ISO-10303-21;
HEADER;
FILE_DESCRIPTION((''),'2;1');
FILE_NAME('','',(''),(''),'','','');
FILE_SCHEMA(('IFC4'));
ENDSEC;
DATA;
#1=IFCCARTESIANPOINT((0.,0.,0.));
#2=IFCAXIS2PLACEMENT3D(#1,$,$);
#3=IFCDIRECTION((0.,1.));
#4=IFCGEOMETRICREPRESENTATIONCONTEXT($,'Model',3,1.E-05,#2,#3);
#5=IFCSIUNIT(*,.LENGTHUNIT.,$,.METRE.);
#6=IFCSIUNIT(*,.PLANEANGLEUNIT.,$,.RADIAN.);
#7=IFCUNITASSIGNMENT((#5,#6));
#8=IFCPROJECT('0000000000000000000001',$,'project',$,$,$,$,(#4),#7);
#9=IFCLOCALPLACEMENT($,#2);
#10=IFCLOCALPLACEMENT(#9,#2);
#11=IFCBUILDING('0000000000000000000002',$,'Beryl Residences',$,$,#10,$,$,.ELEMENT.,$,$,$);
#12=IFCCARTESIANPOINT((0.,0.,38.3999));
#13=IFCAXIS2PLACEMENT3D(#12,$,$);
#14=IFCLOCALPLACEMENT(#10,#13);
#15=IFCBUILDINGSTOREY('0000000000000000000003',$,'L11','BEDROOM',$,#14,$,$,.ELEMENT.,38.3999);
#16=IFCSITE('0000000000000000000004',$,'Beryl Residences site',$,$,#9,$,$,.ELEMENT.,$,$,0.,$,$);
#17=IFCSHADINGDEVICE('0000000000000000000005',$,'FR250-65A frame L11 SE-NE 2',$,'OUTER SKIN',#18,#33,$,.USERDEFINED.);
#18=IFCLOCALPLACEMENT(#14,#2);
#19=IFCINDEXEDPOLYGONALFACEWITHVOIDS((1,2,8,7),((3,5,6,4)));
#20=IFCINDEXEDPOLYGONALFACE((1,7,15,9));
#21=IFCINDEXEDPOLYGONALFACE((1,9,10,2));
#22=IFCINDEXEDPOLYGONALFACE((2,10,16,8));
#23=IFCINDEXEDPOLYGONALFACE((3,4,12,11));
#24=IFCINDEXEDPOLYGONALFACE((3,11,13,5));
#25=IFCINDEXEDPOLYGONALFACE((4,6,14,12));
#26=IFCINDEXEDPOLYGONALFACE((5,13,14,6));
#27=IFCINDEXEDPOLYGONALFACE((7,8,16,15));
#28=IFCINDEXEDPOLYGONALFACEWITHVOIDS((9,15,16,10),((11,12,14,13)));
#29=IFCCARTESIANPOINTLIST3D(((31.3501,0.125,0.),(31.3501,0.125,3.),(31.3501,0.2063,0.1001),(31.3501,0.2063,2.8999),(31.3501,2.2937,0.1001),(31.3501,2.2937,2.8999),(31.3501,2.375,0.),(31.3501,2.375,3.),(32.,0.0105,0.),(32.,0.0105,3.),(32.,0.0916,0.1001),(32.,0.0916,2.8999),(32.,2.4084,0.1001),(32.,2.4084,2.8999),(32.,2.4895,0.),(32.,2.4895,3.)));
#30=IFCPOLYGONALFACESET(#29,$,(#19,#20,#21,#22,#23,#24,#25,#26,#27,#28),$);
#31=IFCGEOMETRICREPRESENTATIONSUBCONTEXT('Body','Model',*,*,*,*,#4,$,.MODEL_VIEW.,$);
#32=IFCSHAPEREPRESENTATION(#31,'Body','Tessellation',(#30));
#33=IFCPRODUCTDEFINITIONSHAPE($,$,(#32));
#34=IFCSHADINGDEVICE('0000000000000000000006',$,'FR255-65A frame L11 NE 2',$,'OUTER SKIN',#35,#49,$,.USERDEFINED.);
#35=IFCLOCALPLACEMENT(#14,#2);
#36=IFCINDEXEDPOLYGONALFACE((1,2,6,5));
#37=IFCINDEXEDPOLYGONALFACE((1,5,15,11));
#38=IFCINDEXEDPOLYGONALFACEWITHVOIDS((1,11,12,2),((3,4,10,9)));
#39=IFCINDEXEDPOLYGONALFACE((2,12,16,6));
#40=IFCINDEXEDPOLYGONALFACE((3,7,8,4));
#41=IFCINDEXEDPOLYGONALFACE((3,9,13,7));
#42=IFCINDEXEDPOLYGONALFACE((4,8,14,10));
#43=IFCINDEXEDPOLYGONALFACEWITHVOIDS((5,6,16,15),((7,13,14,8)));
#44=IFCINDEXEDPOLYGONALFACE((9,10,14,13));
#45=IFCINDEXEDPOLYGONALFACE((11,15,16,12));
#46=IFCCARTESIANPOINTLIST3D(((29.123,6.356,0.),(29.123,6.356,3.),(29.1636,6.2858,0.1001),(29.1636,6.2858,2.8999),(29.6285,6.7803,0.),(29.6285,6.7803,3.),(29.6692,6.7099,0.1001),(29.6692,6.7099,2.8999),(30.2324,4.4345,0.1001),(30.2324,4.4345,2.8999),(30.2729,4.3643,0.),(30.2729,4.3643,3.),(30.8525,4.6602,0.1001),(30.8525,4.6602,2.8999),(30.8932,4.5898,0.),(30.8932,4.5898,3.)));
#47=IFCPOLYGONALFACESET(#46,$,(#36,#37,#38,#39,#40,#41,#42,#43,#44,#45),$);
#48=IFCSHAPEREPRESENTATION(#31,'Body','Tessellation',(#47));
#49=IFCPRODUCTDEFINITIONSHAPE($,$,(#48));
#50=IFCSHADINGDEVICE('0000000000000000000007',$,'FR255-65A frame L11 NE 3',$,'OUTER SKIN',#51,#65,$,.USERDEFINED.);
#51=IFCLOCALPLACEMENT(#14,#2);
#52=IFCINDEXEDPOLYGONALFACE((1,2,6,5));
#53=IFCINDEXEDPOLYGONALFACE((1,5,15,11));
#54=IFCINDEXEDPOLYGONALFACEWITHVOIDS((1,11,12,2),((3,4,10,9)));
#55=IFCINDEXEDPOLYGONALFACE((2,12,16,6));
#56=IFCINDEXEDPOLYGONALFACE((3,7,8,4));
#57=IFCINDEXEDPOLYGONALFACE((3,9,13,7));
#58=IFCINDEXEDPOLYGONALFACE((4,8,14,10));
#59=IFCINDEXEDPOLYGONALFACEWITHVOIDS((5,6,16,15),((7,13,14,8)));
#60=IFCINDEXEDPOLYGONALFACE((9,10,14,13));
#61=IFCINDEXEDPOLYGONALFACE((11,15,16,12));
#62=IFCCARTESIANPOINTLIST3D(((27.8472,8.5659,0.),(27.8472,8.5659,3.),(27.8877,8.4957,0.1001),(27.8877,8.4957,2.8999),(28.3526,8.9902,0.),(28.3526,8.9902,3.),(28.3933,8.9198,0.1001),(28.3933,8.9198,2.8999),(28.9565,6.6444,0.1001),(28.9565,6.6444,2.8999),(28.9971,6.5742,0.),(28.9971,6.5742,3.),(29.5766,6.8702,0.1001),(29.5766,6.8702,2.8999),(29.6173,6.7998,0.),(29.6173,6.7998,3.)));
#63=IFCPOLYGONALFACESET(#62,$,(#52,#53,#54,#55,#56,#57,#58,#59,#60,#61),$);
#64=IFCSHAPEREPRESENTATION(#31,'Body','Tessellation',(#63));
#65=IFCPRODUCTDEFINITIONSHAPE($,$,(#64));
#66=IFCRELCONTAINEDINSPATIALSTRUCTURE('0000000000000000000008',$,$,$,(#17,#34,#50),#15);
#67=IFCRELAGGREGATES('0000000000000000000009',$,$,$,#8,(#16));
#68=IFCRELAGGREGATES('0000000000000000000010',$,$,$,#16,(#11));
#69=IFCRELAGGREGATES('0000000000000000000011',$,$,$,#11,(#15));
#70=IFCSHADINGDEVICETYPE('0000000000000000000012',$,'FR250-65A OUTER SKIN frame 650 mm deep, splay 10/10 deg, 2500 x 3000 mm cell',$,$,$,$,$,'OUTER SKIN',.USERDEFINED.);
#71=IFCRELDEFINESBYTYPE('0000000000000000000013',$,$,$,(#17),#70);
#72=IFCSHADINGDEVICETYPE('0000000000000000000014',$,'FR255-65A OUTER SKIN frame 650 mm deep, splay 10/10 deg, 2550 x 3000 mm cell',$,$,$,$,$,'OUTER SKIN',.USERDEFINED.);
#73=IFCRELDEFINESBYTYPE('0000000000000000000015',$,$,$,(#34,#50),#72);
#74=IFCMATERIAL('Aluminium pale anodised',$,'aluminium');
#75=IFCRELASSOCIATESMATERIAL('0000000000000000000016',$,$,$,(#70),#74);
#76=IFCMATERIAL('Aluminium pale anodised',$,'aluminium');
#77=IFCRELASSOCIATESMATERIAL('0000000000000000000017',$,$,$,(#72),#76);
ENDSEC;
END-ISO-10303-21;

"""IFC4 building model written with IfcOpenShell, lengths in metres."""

from ifc_helpers import new_model, entity, si_unit, direction, frame, origin, place, context, subcontext, project, spatial, source, transform, mapped, material, type_object, type_shapes, element, save


model = new_model("IFC4")

# Units and contexts
model_context = context("Model", 3, precision=1e-05, world=origin(), true_north=direction((0.0, 1.0)))
body_context = subcontext(model_context, "Body", "Model", "MODEL_VIEW")
ifc_project = project(units=[si_unit("LENGTHUNIT", "METRE"), si_unit("PLANEANGLEUNIT", "RADIAN")], contexts=[model_context])

# Site, building, storey
site_placement = place(None, origin())
site = spatial("IfcSite", under=ifc_project, at=site_placement, Name="Beryl Residences site", CompositionType="ELEMENT", RefElevation=0.0)
building_placement = place(site_placement, origin())
building = spatial("IfcBuilding", under=site, at=building_placement, Name="Beryl Residences", CompositionType="ELEMENT")
storey_placement = place(building_placement, frame((0.0, 0.0, 38.3999)))
storey = spatial("IfcBuildingStorey", under=building, at=storey_placement, Name="L11", Description="BEDROOM", CompositionType="ELEMENT", Elevation=38.3999)

# Shading devices
ifc_material_1 = material(Name="Aluminium pale anodised", Category="aluminium")
shading_device_type_1 = type_object("IfcShadingDeviceType", Name="FR250-65A OUTER SKIN frame 650 mm deep, splay 10/10 deg, 2500 x 3000 mm cell", ElementType="OUTER SKIN", PredefinedType="USERDEFINED", material=ifc_material_1)
cartesian_point_1 = entity("IfcCartesianPoint", [-1.125, 0.0])
cartesian_point_2 = entity("IfcCartesianPoint", [-1.0437, 0.1001])
cartesian_point_3 = entity("IfcCartesianPoint", [-1.2395, 0.0])
cartesian_point_4 = entity("IfcCartesianPoint", [-1.1584, 0.1001])
shared_shape_1 = source(origin(), body_context, "Body", "SweptSolid", [
    entity("IfcExtrudedAreaSolidTapered", entity("IfcArbitraryProfileDefWithVoids", "AREA", None, entity("IfcPolyline", [cartesian_point_1, entity("IfcCartesianPoint", [1.125, 0.0]), entity("IfcCartesianPoint", [1.125, 3.0]), entity("IfcCartesianPoint", [-1.125, 3.0]), cartesian_point_1]), [entity("IfcPolyline", [cartesian_point_2, entity("IfcCartesianPoint", [1.0437, 0.1001]), entity("IfcCartesianPoint", [1.0437, 2.8999]), entity("IfcCartesianPoint", [-1.0437, 2.8999]), cartesian_point_2])]), entity("IfcAxis2Placement3D", entity("IfcCartesianPoint", [0.0, 0.0, 0.0]), entity("IfcDirection", [0.0, 1.0, 0.0]), entity("IfcDirection", [-1.0, 0.0, 0.0])), entity("IfcDirection", [0.0, 0.0, 1.0]), 0.6499, entity("IfcArbitraryProfileDefWithVoids", "AREA", None, entity("IfcPolyline", [cartesian_point_3, entity("IfcCartesianPoint", [1.2395, 0.0]), entity("IfcCartesianPoint", [1.2395, 3.0]), entity("IfcCartesianPoint", [-1.2395, 3.0]), cartesian_point_3]), [entity("IfcPolyline", [cartesian_point_4, entity("IfcCartesianPoint", [1.1584, 0.1001]), entity("IfcCartesianPoint", [1.1584, 2.8999]), entity("IfcCartesianPoint", [-1.1584, 2.8999]), cartesian_point_4])])),
])
type_shapes(shading_device_type_1, [shared_shape_1])
for number, where, z_axis, x_axis, name in (
    (1, (31.3501, 1.25, 0.0), (0.0, 0.0, 1.0), (0.0, -1.0, 0.0), "FR250-65A frame L11 SE-NE 2"),
):
    element("IfcShadingDevice", number, at=place(storey_placement, frame(where, z_axis=z_axis, x_axis=x_axis)), inside=storey, type_object=shading_device_type_1, Name=name, ObjectType="OUTER SKIN", PredefinedType="USERDEFINED", context=body_context, shape_type="MappedRepresentation", body=[
        mapped(shared_shape_1, transform((0.0, 0.0, 0.0))),
    ])
ifc_material_2 = material(Name="Aluminium pale anodised", Category="aluminium")
shading_device_type_2 = type_object("IfcShadingDeviceType", Name="FR255-65A OUTER SKIN frame 650 mm deep, splay 10/10 deg, 2550 x 3000 mm cell", ElementType="OUTER SKIN", PredefinedType="USERDEFINED", material=ifc_material_2)
cartesian_point_5 = entity("IfcCartesianPoint", [-1.1499, 0.0])
cartesian_point_6 = entity("IfcCartesianPoint", [-1.0688, 0.1001])
cartesian_point_7 = entity("IfcCartesianPoint", [-1.2646, 0.0])
cartesian_point_8 = entity("IfcCartesianPoint", [-1.1833, 0.1001])
shared_shape_2 = source(origin(), body_context, "Body", "SweptSolid", [
    entity("IfcExtrudedAreaSolidTapered", entity("IfcArbitraryProfileDefWithVoids", "AREA", None, entity("IfcPolyline", [cartesian_point_5, entity("IfcCartesianPoint", [1.1499, 0.0]), entity("IfcCartesianPoint", [1.1499, 3.0]), entity("IfcCartesianPoint", [-1.1499, 3.0]), cartesian_point_5]), [entity("IfcPolyline", [cartesian_point_6, entity("IfcCartesianPoint", [1.0688, 0.1001]), entity("IfcCartesianPoint", [1.0688, 2.8999]), entity("IfcCartesianPoint", [-1.0688, 2.8999]), cartesian_point_6])]), entity("IfcAxis2Placement3D", entity("IfcCartesianPoint", [0.0, 0.0, 0.0]), entity("IfcDirection", [0.0, 1.0, 0.0]), entity("IfcDirection", [-1.0, 0.0, 0.0])), entity("IfcDirection", [0.0, 0.0, 1.0]), 0.6499, entity("IfcArbitraryProfileDefWithVoids", "AREA", None, entity("IfcPolyline", [cartesian_point_7, entity("IfcCartesianPoint", [1.2646, 0.0]), entity("IfcCartesianPoint", [1.2646, 3.0]), entity("IfcCartesianPoint", [-1.2646, 3.0]), cartesian_point_7]), [entity("IfcPolyline", [cartesian_point_8, entity("IfcCartesianPoint", [1.1833, 0.1001]), entity("IfcCartesianPoint", [1.1833, 2.8999]), entity("IfcCartesianPoint", [-1.1833, 2.8999]), cartesian_point_8])])),
])
type_shapes(shading_device_type_2, [shared_shape_2])
for number, where, z_axis, x_axis, name in (
    (2, (29.698, 5.3601, 0.0), (0.0, 0.0, 1.0), (0.5, -0.866025, 0.0), "FR255-65A frame L11 NE 2"),
    (3, (28.4221, 7.5701, 0.0), (0.0, 0.0, 1.0), (0.5, -0.866025, 0.0), "FR255-65A frame L11 NE 3"),
):
    element("IfcShadingDevice", number, at=place(storey_placement, frame(where, z_axis=z_axis, x_axis=x_axis)), inside=storey, type_object=shading_device_type_2, Name=name, ObjectType="OUTER SKIN", PredefinedType="USERDEFINED", context=body_context, shape_type="MappedRepresentation", body=[
        mapped(shared_shape_2, transform((0.0, 0.0, 0.0))),
    ])

save(model, "model.ifc")
